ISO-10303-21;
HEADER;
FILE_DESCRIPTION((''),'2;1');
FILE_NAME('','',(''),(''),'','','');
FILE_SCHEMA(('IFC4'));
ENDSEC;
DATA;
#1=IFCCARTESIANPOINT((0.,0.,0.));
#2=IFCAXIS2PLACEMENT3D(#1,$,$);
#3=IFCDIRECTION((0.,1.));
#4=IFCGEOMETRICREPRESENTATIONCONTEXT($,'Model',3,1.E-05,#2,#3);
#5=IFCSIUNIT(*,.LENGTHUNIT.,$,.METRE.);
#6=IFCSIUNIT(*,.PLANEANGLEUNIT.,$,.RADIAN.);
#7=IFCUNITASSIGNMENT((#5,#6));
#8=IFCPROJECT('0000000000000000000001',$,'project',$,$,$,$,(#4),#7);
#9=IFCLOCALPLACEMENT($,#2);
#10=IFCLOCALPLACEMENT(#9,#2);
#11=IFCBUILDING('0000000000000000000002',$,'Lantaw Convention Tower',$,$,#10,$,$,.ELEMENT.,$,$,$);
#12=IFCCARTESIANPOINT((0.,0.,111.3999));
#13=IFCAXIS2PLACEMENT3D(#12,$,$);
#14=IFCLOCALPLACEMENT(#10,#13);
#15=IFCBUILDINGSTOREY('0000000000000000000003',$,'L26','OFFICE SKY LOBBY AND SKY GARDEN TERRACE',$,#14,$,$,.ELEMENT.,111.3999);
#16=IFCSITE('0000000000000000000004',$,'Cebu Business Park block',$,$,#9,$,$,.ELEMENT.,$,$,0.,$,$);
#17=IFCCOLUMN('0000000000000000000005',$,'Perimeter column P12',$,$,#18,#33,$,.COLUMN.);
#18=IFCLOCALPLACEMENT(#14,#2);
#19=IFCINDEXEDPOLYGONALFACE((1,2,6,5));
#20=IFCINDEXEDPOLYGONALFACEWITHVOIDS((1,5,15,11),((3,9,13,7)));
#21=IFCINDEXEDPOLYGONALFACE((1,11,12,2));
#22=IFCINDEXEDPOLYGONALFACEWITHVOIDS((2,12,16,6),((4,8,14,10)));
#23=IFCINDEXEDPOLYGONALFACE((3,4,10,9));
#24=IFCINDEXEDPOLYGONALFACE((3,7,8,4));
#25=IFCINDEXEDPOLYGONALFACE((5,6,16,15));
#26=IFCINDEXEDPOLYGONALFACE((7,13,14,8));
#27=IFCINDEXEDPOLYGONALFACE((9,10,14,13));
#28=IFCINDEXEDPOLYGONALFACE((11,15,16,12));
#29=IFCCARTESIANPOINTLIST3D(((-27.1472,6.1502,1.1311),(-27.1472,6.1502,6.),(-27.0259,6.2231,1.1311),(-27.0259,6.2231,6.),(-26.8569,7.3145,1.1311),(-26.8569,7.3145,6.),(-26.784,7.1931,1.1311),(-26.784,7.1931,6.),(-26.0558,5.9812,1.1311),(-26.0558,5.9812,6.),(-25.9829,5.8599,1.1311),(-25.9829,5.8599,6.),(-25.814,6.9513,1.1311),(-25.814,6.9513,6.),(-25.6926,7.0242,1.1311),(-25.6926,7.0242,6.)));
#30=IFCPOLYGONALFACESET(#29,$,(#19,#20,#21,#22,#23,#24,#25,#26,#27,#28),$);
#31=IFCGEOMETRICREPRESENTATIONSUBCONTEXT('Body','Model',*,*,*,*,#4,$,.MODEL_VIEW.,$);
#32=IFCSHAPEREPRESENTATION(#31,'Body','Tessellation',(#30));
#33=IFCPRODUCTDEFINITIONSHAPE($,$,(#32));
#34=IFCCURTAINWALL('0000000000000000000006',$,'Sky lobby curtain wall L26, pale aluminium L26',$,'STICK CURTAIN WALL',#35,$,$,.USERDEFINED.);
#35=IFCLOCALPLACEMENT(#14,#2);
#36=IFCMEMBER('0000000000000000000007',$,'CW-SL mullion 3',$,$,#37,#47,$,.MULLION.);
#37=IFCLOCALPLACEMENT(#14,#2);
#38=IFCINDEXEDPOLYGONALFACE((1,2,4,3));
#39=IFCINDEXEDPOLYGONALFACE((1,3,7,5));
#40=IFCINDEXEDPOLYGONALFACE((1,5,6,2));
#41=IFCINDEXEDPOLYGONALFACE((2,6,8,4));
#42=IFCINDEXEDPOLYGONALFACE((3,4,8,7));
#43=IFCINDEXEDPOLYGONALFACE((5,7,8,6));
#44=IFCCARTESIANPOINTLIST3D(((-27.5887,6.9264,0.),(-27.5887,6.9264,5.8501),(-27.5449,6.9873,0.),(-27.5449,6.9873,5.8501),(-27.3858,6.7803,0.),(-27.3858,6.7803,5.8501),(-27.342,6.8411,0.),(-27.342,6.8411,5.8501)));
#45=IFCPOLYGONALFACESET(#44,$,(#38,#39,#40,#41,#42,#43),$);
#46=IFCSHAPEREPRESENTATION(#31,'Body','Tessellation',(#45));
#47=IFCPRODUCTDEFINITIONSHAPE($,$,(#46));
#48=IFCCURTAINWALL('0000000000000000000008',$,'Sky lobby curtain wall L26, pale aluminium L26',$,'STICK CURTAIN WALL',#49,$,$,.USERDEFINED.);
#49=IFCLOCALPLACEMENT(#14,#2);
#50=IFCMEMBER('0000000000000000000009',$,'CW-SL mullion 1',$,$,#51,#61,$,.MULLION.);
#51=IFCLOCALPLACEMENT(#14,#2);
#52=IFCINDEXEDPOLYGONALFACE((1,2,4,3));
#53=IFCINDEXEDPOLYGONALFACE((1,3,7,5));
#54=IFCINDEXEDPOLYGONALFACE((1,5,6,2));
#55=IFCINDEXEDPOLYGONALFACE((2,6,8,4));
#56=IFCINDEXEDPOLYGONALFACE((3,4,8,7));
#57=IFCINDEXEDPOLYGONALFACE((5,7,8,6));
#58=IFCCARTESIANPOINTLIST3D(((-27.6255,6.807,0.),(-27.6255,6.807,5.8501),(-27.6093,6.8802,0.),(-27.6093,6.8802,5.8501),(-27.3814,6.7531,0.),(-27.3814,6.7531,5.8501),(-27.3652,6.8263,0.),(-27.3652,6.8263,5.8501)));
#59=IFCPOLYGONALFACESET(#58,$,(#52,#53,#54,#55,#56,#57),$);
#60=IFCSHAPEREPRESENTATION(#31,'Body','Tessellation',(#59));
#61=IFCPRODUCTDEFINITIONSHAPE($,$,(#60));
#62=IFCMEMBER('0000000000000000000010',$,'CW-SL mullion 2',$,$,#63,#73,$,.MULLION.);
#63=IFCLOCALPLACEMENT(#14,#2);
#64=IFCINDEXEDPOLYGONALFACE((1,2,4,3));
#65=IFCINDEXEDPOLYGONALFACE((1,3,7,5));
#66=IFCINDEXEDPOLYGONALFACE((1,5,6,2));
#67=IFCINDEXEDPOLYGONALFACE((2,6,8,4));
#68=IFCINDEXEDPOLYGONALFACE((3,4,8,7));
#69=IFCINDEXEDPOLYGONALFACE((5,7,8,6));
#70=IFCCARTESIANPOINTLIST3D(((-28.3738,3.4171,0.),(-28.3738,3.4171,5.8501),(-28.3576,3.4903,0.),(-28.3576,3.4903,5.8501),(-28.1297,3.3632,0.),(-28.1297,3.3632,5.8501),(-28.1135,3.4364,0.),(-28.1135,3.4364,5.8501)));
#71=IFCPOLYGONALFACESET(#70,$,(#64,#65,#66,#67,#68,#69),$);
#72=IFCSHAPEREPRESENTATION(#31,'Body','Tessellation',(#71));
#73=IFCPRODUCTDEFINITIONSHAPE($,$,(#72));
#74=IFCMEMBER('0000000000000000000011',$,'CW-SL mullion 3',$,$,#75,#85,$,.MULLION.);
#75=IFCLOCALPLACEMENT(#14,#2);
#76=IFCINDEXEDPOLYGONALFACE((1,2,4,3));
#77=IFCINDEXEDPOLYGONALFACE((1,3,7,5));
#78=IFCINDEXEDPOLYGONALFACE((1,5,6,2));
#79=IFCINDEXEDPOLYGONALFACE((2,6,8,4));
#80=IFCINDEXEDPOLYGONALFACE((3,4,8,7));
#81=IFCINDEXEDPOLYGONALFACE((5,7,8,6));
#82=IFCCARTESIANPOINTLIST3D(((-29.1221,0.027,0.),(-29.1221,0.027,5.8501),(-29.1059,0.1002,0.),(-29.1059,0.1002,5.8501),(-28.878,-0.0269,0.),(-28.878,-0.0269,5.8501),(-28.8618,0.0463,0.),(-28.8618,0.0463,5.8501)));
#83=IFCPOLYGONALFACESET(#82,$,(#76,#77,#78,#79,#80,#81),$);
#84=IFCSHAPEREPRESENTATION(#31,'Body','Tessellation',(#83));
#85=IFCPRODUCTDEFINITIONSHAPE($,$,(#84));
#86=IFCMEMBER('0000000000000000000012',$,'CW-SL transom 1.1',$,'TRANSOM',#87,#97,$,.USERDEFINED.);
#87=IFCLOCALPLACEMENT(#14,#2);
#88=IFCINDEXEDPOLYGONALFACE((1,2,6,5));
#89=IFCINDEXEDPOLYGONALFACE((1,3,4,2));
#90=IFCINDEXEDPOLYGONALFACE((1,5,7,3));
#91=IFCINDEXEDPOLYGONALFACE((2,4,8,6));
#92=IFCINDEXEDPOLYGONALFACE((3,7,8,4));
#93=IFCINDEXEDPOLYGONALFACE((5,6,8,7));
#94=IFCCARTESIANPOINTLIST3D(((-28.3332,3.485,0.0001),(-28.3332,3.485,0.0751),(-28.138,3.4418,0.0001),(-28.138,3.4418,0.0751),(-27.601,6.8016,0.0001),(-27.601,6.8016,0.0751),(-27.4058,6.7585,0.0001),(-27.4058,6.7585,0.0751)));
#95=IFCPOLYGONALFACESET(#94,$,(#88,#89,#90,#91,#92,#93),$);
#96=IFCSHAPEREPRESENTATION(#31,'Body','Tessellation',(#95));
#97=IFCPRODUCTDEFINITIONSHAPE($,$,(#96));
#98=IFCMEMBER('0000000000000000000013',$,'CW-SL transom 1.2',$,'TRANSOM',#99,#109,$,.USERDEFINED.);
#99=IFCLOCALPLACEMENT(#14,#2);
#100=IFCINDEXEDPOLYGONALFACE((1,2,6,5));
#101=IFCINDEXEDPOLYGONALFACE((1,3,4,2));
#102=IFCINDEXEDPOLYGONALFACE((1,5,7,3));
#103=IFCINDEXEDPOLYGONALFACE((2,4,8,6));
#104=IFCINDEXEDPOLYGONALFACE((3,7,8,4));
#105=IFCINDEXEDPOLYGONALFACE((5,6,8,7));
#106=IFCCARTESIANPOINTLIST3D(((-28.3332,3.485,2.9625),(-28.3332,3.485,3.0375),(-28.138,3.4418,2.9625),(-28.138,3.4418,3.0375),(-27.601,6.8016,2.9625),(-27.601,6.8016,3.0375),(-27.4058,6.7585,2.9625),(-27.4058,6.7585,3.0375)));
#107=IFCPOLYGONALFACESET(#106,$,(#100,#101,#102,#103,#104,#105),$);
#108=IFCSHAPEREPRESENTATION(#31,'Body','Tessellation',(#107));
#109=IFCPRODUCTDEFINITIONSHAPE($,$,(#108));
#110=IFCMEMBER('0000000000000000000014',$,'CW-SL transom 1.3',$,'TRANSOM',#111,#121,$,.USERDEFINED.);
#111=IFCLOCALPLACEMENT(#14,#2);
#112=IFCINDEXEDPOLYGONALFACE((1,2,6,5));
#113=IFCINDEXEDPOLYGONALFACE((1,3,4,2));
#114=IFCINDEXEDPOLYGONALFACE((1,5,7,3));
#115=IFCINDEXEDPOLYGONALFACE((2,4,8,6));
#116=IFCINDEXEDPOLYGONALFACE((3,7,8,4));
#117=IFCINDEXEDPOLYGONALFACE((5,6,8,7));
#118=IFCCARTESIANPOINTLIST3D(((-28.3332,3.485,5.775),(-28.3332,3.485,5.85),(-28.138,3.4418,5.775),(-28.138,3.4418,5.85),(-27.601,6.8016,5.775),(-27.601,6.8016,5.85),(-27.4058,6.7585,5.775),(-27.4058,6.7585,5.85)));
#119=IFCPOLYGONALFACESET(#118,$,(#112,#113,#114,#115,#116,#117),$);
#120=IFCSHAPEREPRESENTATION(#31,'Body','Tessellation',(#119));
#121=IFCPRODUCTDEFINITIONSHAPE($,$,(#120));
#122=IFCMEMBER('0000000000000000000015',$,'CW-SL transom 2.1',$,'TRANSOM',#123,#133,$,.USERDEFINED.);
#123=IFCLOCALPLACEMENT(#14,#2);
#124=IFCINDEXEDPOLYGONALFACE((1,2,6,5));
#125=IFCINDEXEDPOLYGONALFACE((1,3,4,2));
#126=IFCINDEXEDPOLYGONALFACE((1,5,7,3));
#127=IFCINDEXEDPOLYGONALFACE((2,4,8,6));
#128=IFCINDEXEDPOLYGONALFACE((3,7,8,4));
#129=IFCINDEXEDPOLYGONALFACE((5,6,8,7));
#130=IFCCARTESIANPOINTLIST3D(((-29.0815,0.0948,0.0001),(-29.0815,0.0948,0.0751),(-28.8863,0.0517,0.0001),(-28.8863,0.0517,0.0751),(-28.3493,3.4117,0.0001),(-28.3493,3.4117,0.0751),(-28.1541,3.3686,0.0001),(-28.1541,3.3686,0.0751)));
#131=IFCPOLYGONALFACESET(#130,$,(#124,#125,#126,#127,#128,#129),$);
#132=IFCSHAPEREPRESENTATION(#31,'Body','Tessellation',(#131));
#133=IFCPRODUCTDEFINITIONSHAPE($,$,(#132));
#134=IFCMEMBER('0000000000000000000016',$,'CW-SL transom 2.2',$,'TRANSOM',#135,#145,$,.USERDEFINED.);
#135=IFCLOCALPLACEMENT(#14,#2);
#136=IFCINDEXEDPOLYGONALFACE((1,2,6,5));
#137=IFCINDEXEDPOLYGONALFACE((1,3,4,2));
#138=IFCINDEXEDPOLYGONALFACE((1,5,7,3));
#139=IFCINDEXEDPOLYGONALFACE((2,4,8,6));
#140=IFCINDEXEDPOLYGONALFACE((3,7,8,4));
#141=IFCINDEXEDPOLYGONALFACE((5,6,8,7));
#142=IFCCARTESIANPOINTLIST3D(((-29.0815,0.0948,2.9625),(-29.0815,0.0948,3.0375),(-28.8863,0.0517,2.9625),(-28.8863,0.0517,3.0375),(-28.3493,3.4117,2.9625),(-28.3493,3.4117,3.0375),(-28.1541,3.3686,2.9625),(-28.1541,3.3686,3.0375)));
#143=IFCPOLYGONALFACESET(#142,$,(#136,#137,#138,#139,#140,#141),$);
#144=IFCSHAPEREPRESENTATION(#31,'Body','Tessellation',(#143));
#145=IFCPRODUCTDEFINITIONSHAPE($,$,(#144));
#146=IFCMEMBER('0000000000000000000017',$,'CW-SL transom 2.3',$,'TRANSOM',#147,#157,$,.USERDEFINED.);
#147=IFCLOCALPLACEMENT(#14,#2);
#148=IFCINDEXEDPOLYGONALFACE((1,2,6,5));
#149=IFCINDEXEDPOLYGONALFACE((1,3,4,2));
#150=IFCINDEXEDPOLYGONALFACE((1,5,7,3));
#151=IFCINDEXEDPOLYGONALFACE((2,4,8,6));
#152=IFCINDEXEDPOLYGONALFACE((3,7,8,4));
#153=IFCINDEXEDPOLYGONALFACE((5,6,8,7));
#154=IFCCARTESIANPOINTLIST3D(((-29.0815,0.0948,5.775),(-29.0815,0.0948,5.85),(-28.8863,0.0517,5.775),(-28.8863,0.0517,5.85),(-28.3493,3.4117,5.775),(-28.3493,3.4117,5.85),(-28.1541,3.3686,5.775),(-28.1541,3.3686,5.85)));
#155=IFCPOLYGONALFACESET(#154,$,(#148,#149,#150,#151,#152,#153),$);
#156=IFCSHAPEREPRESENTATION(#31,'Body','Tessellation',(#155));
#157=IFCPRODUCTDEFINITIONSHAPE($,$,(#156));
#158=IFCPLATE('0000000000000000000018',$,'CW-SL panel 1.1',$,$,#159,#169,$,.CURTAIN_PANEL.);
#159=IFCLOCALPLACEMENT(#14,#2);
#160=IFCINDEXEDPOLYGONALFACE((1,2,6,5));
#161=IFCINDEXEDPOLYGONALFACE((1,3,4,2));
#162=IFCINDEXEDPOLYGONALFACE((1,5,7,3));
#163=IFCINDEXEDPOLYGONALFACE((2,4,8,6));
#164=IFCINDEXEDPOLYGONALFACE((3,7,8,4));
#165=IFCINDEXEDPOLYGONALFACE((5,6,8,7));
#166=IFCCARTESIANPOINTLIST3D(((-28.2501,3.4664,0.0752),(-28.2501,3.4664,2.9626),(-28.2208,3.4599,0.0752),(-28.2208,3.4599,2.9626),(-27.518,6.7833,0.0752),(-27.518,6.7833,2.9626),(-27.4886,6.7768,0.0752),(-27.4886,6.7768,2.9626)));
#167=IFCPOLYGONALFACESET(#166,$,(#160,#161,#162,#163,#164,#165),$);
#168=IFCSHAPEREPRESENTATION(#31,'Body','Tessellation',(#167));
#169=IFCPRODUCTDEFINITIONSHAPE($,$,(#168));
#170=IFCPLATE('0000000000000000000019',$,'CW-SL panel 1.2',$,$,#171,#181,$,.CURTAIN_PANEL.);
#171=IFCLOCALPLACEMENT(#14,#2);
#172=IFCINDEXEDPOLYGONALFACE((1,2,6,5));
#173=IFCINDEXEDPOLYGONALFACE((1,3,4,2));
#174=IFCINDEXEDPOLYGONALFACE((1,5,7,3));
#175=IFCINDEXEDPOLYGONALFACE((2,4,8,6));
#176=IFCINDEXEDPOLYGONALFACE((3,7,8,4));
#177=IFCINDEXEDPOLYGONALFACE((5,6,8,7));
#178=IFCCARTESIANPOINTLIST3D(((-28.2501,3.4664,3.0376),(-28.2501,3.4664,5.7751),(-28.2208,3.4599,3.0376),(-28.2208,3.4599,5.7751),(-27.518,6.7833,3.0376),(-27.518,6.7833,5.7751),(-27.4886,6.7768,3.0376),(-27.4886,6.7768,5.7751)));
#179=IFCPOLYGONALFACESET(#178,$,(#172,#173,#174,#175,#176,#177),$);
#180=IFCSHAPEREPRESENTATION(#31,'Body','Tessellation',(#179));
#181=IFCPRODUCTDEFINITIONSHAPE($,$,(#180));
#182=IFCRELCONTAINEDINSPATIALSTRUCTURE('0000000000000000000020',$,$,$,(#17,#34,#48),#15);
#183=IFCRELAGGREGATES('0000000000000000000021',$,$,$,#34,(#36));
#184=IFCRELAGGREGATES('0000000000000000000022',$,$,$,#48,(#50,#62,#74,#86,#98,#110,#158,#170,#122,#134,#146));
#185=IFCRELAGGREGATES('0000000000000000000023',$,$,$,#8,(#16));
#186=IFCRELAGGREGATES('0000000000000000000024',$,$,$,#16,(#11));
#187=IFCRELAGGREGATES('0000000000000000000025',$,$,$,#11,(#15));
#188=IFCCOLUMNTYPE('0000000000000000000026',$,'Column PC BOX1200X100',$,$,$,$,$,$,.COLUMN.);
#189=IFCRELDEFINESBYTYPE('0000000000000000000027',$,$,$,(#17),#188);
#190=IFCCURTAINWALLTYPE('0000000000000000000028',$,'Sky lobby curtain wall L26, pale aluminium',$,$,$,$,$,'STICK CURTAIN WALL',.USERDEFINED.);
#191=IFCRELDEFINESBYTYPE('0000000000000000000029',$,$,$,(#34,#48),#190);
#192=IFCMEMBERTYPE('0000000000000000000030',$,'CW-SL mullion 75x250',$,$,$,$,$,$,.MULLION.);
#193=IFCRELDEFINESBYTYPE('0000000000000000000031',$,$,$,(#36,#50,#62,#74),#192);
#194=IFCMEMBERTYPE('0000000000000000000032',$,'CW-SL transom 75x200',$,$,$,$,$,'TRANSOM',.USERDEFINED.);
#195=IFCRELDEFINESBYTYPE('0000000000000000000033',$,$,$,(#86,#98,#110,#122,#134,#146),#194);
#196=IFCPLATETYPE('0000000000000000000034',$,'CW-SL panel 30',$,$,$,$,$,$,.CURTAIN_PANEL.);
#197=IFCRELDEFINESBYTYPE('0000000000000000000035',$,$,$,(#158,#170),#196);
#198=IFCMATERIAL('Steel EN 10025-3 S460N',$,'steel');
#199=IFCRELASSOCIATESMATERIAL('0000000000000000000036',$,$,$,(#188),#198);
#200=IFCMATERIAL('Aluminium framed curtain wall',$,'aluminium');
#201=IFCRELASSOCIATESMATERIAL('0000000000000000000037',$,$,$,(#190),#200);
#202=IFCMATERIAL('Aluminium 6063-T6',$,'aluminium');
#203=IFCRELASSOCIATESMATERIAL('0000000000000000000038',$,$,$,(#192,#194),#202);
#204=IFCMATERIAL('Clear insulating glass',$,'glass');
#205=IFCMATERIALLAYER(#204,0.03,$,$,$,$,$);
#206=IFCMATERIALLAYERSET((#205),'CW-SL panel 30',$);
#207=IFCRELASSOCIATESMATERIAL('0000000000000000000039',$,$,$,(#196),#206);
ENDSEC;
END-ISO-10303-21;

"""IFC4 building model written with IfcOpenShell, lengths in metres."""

from ifc_helpers import new_model, si_unit, direction, frame, origin, origin_2d, place, context, subcontext, project, spatial, rectangle, hollow_rectangle, extrude, material, layer, layer_set, material_profile, profile_set, type_object, element, aggregate, save


model = new_model("IFC4")

# Units and contexts
model_context = context("Model", 3, precision=1e-05, world=origin(), true_north=direction((0.0, 1.0)))
body_context = subcontext(model_context, "Body", "Model", "MODEL_VIEW")
ifc_project = project(units=[si_unit("LENGTHUNIT", "METRE"), si_unit("PLANEANGLEUNIT", "RADIAN")], contexts=[model_context])

# Site, building, storey
site_placement = place(None, origin())
site = spatial("IfcSite", under=ifc_project, at=site_placement, Name="Cebu Business Park block", CompositionType="ELEMENT", RefElevation=0.0)
building_placement = place(site_placement, origin())
building = spatial("IfcBuilding", under=site, at=building_placement, Name="Lantaw Convention Tower", CompositionType="ELEMENT")
storey_placement = place(building_placement, frame((0.0, 0.0, 111.3999)))
storey = spatial("IfcBuildingStorey", under=building, at=storey_placement, Name="L26", Description="OFFICE SKY LOBBY AND SKY GARDEN TERRACE", CompositionType="ELEMENT", Elevation=111.3999)

# Column
ifc_material_1 = material(Name="Steel EN 10025-3 S460N", Category="steel")
ifc_material_profile_1 = material_profile(ifc_material_1, hollow_rectangle(XDim=1.2, YDim=1.2, WallThickness=0.1001, at=origin_2d()), Name="BOX1200X100")
ifc_material_2 = material(Name="Concrete C60/75", Category="concrete")
ifc_material_profile_2 = material_profile(ifc_material_2, rectangle(XDim=1.0, YDim=1.0, at=origin_2d()), Name="Concrete fill of BOX1200X100")
ifc_profile_set_1 = profile_set([ifc_material_profile_1, ifc_material_profile_2], Name="Steel EN 10025-3 S460N")
column_type = type_object("IfcColumnType", Name="Column PC BOX1200X100", PredefinedType="COLUMN", material=ifc_profile_set_1)
column_placement = place(storey_placement, frame((-26.4199, 6.5872, 1.1311), z_axis=(0.0, 0.0, 1.0), x_axis=(0.241922, 0.970296, 0.0)))
element("IfcColumn", 1, at=column_placement, inside=storey, type_object=column_type, Name="Perimeter column P12", PredefinedType="COLUMN", context=body_context, shape_type="SweptSolid", body=[
    extrude(hollow_rectangle(XDim=1.2, YDim=1.2, WallThickness=0.1001, at=origin_2d()), origin(), (0.0, 0.0, 1.0), 4.8689),
])

# Curtain wall, member
ifc_material_3 = material(Name="Aluminium framed curtain wall", Category="aluminium")
curtain_wall_type = type_object("IfcCurtainWallType", Name="Sky lobby curtain wall L26, pale aluminium", ElementType="STICK CURTAIN WALL", PredefinedType="USERDEFINED", material=ifc_material_3)
curtain_wall_1_placement = place(storey_placement, origin())
curtain_wall_1 = element("IfcCurtainWall", 2, at=curtain_wall_1_placement, inside=storey, type_object=curtain_wall_type, Name="Sky lobby curtain wall L26, pale aluminium L26", ObjectType="STICK CURTAIN WALL", PredefinedType="USERDEFINED")
ifc_material_4 = material(Name="Aluminium 6063-T6", Category="aluminium")
ifc_material_profile_3 = material_profile(ifc_material_4, rectangle(XDim=0.25, YDim=0.075, at=origin_2d()), Name="CW-SL mullion 75x250")
ifc_profile_set_2 = profile_set([ifc_material_profile_3], Name="Aluminium 6063-T6")
member_type_1 = type_object("IfcMemberType", Name="CW-SL mullion 75x250", PredefinedType="MULLION", material=ifc_profile_set_2)
member_1_placement = place(storey_placement, frame((-27.4653, 6.8838, 0.0), z_axis=(0.0, 0.0, 1.0), x_axis=(0.811385, -0.584513, 0.0)))
member_1 = element("IfcMember", 3, at=member_1_placement, type_object=member_type_1, Name="CW-SL mullion 3", PredefinedType="MULLION", context=body_context, shape_type="SweptSolid", body=[
    extrude(rectangle(XDim=0.25, YDim=0.075, at=origin_2d()), origin(), (0.0, 0.0, 1.0), 5.8501),
])
aggregate(curtain_wall_1, [member_1])

# Curtain wall, members, plates
curtain_wall_2_placement = place(storey_placement, origin())
curtain_wall_2 = element("IfcCurtainWall", 4, at=curtain_wall_2_placement, inside=storey, type_object=curtain_wall_type, Name="Sky lobby curtain wall L26, pale aluminium L26", ObjectType="STICK CURTAIN WALL", PredefinedType="USERDEFINED")
member_2_placement = place(storey_placement, frame((-27.4954, 6.8167, 0.0), z_axis=(0.0, 0.0, 1.0), x_axis=(0.976494, -0.215546, 0.0)))
member_2 = element("IfcMember", 5, at=member_2_placement, type_object=member_type_1, Name="CW-SL mullion 1", PredefinedType="MULLION", context=body_context, shape_type="SweptSolid", body=[
    extrude(rectangle(XDim=0.25, YDim=0.075, at=origin_2d()), origin(), (0.0, 0.0, 1.0), 5.8501),
])
member_3_placement = place(storey_placement, frame((-28.2437, 3.4268, 0.0), z_axis=(0.0, 0.0, 1.0), x_axis=(0.976494, -0.215546, 0.0)))
member_3 = element("IfcMember", 6, at=member_3_placement, type_object=member_type_1, Name="CW-SL mullion 2", PredefinedType="MULLION", context=body_context, shape_type="SweptSolid", body=[
    extrude(rectangle(XDim=0.25, YDim=0.075, at=origin_2d()), origin(), (0.0, 0.0, 1.0), 5.8501),
])
member_4_placement = place(storey_placement, frame((-28.9919, 0.0366, 0.0), z_axis=(0.0, 0.0, 1.0), x_axis=(0.976494, -0.215546, 0.0)))
member_4 = element("IfcMember", 7, at=member_4_placement, type_object=member_type_1, Name="CW-SL mullion 3", PredefinedType="MULLION", context=body_context, shape_type="SweptSolid", body=[
    extrude(rectangle(XDim=0.25, YDim=0.075, at=origin_2d()), origin(), (0.0, 0.0, 1.0), 5.8501),
])
ifc_material_profile_4 = material_profile(ifc_material_4, rectangle(XDim=0.2, YDim=0.075, at=origin_2d()), Name="CW-SL transom 75x200")
ifc_profile_set_3 = profile_set([ifc_material_profile_4], Name="Aluminium 6063-T6")
member_type_2 = type_object("IfcMemberType", Name="CW-SL transom 75x200", ElementType="TRANSOM", PredefinedType="USERDEFINED", material=ifc_profile_set_3)
member_5_placement = place(storey_placement, frame((-27.5034, 6.78, 0.0376), z_axis=(-0.215568, -0.976489, 0.0), x_axis=(0.976489, -0.215568, 0.0)))
member_5 = element("IfcMember", 8, at=member_5_placement, type_object=member_type_2, Name="CW-SL transom 1.1", ObjectType="TRANSOM", PredefinedType="USERDEFINED", context=body_context, shape_type="SweptSolid", body=[
    extrude(rectangle(XDim=0.2, YDim=0.075, at=origin_2d()), origin(), (0.0, 0.0, 1.0), 3.3965),
])
member_6_placement = place(storey_placement, frame((-27.5034, 6.78, 3.0), z_axis=(-0.215568, -0.976489, 0.0), x_axis=(0.976489, -0.215568, 0.0)))
member_6 = element("IfcMember", 9, at=member_6_placement, type_object=member_type_2, Name="CW-SL transom 1.2", ObjectType="TRANSOM", PredefinedType="USERDEFINED", context=body_context, shape_type="SweptSolid", body=[
    extrude(rectangle(XDim=0.2, YDim=0.075, at=origin_2d()), origin(), (0.0, 0.0, 1.0), 3.3965),
])
member_7_placement = place(storey_placement, frame((-27.5034, 6.78, 5.8125), z_axis=(-0.215568, -0.976489, 0.0), x_axis=(0.976489, -0.215568, 0.0)))
member_7 = element("IfcMember", 10, at=member_7_placement, type_object=member_type_2, Name="CW-SL transom 1.3", ObjectType="TRANSOM", PredefinedType="USERDEFINED", context=body_context, shape_type="SweptSolid", body=[
    extrude(rectangle(XDim=0.2, YDim=0.075, at=origin_2d()), origin(), (0.0, 0.0, 1.0), 3.3965),
])
member_8_placement = place(storey_placement, frame((-28.2517, 3.3901, 0.0376), z_axis=(-0.215553, -0.976492, 0.0), x_axis=(0.976492, -0.215553, 0.0)))
member_8 = element("IfcMember", 11, at=member_8_placement, type_object=member_type_2, Name="CW-SL transom 2.1", ObjectType="TRANSOM", PredefinedType="USERDEFINED", context=body_context, shape_type="SweptSolid", body=[
    extrude(rectangle(XDim=0.2, YDim=0.075, at=origin_2d()), origin(), (0.0, 0.0, 1.0), 3.3967),
])
member_9_placement = place(storey_placement, frame((-28.2517, 3.3901, 3.0), z_axis=(-0.215553, -0.976492, 0.0), x_axis=(0.976492, -0.215553, 0.0)))
member_9 = element("IfcMember", 12, at=member_9_placement, type_object=member_type_2, Name="CW-SL transom 2.2", ObjectType="TRANSOM", PredefinedType="USERDEFINED", context=body_context, shape_type="SweptSolid", body=[
    extrude(rectangle(XDim=0.2, YDim=0.075, at=origin_2d()), origin(), (0.0, 0.0, 1.0), 3.3967),
])
member_10_placement = place(storey_placement, frame((-28.2517, 3.3901, 5.8125), z_axis=(-0.215553, -0.976492, 0.0), x_axis=(0.976492, -0.215553, 0.0)))
member_10 = element("IfcMember", 13, at=member_10_placement, type_object=member_type_2, Name="CW-SL transom 2.3", ObjectType="TRANSOM", PredefinedType="USERDEFINED", context=body_context, shape_type="SweptSolid", body=[
    extrude(rectangle(XDim=0.2, YDim=0.075, at=origin_2d()), origin(), (0.0, 0.0, 1.0), 3.3967),
])
ifc_material_5 = material(Name="Clear insulating glass", Category="glass")
ifc_layer_1 = layer(ifc_material_5, 0.03)
ifc_layer_set_1 = layer_set([ifc_layer_1], Name="CW-SL panel 30")
plate_type_1 = type_object("IfcPlateType", Name="CW-SL panel 30", PredefinedType="CURTAIN_PANEL", material=ifc_layer_set_1)
plate_1_placement = place(storey_placement, frame((-27.8694, 5.1216, 0.0752), z_axis=(0.0, 0.0, 1.0), x_axis=(-0.215546, -0.976494, 0.0)))
plate_1 = element("IfcPlate", 14, at=plate_1_placement, type_object=plate_type_1, Name="CW-SL panel 1.1", PredefinedType="CURTAIN_PANEL", context=body_context, shape_type="SweptSolid", body=[
    extrude(rectangle(XDim=3.3967, YDim=0.03, at=origin_2d()), origin(), (0.0, 0.0, 1.0), 2.8875),
])
plate_2_placement = place(storey_placement, frame((-27.8694, 5.1216, 3.0376), z_axis=(0.0, 0.0, 1.0), x_axis=(-0.215546, -0.976494, 0.0)))
plate_2 = element("IfcPlate", 15, at=plate_2_placement, type_object=plate_type_1, Name="CW-SL panel 1.2", PredefinedType="CURTAIN_PANEL", context=body_context, shape_type="SweptSolid", body=[
    extrude(rectangle(XDim=3.3967, YDim=0.03, at=origin_2d()), origin(), (0.0, 0.0, 1.0), 2.7375),
])
aggregate(curtain_wall_2, [member_2, member_3, member_4, member_5, member_6, member_7, plate_1, plate_2, member_8, member_9, member_10])

save(model, "model.ifc")
